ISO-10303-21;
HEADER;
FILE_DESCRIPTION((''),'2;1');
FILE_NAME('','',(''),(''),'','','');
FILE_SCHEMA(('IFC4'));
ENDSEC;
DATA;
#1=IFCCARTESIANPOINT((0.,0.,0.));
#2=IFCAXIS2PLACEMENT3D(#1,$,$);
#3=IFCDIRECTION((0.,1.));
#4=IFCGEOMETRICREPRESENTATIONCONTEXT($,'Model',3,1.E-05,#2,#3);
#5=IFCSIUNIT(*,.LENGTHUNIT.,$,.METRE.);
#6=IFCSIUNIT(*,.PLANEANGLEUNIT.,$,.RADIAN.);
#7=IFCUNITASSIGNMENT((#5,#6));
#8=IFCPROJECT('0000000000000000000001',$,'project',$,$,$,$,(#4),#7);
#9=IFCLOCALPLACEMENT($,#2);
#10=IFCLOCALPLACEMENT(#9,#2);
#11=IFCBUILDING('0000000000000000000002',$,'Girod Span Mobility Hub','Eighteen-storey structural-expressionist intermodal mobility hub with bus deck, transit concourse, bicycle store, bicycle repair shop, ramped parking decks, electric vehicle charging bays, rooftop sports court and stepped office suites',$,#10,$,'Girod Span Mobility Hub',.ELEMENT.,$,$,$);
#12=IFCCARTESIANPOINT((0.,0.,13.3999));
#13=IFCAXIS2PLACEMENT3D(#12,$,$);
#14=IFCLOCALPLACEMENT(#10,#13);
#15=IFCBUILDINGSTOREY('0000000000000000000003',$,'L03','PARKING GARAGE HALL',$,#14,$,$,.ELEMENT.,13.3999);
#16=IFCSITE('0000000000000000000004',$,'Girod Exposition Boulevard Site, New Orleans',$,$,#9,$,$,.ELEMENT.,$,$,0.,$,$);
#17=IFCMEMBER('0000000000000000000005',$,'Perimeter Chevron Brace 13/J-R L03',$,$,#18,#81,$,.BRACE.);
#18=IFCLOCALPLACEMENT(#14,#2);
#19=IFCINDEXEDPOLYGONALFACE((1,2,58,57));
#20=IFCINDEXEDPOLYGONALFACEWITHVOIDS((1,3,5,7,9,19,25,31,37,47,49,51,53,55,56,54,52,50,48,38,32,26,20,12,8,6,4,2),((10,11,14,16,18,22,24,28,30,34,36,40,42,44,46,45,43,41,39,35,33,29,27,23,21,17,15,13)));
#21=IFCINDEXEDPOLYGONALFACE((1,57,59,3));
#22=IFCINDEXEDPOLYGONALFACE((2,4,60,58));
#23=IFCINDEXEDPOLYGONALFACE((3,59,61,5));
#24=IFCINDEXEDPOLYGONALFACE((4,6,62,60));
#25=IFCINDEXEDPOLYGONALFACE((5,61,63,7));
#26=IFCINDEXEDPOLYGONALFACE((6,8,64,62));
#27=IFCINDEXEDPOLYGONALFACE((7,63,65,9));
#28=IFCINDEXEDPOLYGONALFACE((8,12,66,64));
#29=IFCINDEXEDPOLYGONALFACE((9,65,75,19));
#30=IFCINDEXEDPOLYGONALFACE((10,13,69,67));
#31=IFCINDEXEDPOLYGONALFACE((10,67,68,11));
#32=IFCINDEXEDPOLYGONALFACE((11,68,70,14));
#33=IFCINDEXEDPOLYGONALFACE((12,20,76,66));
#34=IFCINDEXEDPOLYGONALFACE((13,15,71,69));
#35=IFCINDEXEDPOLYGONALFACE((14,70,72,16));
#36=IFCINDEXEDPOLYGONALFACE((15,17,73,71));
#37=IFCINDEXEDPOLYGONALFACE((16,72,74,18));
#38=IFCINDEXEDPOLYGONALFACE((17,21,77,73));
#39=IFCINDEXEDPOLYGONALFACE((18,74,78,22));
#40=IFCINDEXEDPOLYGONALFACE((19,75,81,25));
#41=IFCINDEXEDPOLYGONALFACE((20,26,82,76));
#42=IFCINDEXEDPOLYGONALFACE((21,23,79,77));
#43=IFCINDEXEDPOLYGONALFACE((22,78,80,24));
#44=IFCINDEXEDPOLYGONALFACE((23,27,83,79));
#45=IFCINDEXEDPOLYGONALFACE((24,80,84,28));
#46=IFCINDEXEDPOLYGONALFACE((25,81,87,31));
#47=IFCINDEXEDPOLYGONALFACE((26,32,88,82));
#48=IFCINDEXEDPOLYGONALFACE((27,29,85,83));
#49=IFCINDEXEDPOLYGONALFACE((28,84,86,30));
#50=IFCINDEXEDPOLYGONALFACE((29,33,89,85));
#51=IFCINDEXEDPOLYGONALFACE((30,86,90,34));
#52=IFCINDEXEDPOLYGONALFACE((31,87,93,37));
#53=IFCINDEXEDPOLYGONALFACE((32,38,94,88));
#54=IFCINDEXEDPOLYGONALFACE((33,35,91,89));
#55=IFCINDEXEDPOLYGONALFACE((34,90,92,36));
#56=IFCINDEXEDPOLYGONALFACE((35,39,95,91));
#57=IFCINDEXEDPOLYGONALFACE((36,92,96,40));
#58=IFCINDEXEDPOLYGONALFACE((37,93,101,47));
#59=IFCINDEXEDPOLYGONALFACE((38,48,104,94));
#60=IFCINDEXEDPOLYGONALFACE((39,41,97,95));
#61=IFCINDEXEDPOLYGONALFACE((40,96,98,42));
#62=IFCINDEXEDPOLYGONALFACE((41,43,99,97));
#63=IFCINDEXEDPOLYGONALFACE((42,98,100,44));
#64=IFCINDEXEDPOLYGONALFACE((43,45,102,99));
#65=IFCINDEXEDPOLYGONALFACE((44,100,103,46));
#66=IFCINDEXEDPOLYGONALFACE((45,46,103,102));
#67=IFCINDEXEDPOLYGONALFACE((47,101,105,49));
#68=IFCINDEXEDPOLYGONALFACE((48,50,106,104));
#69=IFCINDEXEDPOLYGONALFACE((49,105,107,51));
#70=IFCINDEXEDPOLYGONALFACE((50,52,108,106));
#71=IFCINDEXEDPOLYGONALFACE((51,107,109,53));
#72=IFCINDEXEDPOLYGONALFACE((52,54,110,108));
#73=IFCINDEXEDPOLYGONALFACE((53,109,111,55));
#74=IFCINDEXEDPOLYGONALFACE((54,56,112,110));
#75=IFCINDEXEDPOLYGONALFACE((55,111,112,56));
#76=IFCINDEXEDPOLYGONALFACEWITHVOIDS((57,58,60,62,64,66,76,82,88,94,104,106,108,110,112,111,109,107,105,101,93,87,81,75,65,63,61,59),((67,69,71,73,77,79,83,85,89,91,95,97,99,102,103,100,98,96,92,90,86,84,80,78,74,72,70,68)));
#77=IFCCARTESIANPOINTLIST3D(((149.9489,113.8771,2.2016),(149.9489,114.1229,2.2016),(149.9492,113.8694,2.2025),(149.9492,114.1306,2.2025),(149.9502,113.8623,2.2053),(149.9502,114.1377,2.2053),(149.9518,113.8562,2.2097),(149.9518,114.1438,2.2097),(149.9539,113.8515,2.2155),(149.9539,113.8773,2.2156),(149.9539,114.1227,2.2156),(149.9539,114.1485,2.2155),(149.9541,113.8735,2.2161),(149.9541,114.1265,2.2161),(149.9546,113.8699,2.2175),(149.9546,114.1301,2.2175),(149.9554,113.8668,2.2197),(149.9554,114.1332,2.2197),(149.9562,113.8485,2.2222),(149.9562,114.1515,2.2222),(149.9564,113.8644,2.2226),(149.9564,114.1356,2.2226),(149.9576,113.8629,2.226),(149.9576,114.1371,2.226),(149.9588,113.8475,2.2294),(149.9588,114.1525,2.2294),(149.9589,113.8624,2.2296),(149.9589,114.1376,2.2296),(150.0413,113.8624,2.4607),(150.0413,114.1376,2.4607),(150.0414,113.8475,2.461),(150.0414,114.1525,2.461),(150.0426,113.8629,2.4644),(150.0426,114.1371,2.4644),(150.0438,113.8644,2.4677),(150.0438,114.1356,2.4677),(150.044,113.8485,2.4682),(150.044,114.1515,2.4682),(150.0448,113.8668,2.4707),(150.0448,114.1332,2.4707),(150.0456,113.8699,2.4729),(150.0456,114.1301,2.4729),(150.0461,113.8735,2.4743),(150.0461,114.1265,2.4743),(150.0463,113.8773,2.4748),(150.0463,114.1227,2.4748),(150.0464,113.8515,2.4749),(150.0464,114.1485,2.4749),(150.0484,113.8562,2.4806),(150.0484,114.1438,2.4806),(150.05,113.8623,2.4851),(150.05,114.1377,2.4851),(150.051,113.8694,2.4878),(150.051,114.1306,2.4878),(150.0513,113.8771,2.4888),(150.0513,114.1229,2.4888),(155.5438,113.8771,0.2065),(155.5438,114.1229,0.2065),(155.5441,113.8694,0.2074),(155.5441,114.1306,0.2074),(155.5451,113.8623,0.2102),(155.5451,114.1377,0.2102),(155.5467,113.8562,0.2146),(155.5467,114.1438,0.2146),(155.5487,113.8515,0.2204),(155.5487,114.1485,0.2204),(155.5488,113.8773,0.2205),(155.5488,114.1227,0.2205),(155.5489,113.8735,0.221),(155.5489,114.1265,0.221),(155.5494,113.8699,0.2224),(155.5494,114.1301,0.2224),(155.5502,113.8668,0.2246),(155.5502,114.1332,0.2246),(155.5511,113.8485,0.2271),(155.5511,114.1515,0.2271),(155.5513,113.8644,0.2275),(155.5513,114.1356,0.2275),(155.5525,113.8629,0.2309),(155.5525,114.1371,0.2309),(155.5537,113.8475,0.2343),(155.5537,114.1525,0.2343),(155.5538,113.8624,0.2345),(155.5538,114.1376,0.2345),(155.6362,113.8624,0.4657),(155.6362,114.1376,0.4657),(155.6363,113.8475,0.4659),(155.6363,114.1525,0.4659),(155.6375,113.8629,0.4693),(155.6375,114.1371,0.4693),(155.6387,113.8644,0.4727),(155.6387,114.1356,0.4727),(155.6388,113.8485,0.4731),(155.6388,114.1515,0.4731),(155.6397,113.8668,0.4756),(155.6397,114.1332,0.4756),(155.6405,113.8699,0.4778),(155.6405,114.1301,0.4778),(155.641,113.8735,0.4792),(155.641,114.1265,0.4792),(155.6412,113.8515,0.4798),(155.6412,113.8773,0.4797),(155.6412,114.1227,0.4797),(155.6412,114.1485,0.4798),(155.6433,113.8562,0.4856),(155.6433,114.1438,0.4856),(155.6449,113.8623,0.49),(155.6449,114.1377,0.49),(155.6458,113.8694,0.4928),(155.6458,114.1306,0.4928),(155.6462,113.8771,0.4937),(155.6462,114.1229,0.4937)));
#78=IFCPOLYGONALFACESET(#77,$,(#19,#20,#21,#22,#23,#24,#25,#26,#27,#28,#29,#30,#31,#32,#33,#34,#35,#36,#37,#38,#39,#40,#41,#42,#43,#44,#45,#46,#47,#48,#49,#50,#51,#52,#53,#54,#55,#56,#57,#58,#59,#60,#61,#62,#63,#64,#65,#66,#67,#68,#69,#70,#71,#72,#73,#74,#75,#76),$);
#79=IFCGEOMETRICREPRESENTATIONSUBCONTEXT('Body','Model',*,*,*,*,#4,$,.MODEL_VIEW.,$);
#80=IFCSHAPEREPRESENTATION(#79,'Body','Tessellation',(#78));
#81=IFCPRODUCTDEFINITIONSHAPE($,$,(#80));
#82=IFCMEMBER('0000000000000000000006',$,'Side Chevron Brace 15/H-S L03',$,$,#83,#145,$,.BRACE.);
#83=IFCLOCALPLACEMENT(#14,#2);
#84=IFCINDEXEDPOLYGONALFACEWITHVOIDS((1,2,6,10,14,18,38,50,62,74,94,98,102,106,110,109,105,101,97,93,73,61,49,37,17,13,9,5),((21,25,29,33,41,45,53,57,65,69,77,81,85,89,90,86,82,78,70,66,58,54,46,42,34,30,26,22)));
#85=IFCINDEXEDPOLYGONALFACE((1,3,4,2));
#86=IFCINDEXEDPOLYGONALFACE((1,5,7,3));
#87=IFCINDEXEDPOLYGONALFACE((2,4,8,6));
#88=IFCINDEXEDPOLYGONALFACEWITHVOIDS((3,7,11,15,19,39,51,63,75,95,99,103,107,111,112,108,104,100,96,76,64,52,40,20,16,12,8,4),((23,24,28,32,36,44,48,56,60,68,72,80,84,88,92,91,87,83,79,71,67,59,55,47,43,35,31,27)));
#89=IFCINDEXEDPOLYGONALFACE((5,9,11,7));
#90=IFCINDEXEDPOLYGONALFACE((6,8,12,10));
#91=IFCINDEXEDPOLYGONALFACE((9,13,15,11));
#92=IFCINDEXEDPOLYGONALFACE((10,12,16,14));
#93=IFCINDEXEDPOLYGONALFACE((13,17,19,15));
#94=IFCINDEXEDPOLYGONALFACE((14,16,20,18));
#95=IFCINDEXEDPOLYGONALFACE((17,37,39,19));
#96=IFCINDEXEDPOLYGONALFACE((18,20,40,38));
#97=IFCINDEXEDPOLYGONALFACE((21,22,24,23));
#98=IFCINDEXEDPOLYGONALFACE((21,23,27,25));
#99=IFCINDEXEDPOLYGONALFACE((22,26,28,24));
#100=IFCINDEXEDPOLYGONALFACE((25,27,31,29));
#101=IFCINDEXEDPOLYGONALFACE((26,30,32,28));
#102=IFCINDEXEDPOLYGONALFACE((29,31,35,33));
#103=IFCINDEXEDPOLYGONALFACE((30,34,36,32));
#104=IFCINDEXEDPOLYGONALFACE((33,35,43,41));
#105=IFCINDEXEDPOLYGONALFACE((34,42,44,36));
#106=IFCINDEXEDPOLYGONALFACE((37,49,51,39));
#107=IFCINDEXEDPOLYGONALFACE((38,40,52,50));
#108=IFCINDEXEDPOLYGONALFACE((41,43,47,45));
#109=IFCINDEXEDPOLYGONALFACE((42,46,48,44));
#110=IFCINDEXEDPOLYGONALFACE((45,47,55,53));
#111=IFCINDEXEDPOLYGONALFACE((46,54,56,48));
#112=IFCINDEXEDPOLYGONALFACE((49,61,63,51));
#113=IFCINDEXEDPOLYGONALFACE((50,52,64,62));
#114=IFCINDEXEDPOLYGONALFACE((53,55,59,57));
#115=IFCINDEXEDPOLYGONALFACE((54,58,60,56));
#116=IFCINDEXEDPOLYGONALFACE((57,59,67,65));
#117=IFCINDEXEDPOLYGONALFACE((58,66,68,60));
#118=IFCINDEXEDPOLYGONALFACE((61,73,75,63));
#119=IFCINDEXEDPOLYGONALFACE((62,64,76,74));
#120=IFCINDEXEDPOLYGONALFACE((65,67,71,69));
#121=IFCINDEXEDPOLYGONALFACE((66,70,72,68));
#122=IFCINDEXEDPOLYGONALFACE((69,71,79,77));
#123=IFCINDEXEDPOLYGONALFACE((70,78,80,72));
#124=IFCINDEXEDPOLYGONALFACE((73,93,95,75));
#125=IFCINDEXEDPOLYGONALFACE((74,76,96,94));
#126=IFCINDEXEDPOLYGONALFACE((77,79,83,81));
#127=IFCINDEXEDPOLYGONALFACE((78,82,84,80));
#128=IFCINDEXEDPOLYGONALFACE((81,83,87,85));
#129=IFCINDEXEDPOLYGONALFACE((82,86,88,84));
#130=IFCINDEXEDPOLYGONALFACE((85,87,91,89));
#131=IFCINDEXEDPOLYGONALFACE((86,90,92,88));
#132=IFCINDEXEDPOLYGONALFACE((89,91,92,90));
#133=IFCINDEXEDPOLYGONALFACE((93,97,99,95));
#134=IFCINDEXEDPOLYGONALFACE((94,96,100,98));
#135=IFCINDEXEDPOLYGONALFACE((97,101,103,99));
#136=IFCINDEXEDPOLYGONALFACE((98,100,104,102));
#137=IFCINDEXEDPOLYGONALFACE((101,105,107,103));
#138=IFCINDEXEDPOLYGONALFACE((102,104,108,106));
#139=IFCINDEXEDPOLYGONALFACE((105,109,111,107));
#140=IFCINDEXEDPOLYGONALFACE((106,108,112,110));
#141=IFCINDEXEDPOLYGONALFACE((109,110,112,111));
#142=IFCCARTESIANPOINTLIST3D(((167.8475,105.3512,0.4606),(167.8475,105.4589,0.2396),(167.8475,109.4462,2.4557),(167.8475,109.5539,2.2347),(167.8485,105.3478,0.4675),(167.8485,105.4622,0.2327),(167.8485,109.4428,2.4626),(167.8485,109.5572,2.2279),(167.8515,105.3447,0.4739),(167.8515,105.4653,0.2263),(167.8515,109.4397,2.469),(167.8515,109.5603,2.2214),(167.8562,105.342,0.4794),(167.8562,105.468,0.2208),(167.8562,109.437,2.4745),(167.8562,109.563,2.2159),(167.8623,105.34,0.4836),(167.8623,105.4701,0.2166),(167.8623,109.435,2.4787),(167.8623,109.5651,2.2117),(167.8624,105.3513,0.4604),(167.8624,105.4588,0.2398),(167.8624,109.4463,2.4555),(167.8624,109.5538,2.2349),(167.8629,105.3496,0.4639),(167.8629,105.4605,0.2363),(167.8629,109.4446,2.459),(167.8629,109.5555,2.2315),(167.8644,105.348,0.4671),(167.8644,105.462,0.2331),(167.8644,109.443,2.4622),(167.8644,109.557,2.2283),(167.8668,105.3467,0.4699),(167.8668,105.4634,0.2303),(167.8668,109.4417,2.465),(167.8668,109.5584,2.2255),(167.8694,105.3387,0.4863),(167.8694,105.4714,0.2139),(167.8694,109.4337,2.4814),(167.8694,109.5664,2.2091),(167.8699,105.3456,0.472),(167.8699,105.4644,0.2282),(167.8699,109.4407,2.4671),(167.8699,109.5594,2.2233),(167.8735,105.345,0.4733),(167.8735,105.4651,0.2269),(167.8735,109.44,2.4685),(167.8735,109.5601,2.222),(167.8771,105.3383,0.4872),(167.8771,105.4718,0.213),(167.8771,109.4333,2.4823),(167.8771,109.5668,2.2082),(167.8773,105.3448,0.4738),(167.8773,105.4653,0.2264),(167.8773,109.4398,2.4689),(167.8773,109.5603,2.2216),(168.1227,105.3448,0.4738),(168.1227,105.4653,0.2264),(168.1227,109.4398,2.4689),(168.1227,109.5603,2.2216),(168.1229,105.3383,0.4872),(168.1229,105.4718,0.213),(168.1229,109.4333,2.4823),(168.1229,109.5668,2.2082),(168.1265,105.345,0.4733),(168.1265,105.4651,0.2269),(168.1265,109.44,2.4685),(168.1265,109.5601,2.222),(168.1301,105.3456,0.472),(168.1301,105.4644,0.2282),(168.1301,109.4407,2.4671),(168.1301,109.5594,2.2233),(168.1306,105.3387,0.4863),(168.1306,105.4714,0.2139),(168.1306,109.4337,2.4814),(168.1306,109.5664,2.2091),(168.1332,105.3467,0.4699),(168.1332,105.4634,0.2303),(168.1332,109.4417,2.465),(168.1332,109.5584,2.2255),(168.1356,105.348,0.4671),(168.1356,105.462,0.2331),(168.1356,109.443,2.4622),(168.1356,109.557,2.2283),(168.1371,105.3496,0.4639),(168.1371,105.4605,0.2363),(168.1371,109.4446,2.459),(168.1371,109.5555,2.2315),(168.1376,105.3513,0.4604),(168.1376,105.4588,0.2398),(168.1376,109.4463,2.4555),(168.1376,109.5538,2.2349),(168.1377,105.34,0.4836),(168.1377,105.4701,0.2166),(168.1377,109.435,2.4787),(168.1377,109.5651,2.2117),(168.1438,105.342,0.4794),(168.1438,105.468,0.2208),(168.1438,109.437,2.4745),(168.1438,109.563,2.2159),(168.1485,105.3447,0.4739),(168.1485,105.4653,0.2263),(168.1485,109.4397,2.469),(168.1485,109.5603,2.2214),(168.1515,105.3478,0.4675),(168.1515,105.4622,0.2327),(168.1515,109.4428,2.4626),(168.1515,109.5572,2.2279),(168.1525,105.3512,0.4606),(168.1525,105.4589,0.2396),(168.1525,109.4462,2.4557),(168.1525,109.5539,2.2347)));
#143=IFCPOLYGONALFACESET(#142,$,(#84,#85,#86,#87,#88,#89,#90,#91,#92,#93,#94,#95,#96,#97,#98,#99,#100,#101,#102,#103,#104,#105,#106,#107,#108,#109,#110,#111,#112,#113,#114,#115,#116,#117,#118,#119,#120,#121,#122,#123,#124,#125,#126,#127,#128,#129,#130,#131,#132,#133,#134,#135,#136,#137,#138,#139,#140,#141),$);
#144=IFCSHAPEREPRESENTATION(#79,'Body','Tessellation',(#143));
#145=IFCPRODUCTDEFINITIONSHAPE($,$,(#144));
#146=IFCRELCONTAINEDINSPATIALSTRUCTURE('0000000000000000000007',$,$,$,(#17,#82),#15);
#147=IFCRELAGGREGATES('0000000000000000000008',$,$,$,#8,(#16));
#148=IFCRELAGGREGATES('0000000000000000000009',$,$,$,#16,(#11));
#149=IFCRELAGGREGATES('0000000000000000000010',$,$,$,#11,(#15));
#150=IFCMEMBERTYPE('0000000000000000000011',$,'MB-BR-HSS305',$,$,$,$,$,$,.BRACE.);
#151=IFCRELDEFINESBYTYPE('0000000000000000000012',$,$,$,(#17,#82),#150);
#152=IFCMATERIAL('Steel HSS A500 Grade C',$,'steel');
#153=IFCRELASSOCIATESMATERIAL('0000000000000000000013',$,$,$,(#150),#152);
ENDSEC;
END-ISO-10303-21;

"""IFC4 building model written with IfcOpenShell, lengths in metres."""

from ifc_helpers import new_model, si_unit, direction, frame, origin, origin_2d, place, context, subcontext, project, spatial, hollow_rectangle, extrude, material, material_profile, profile_set, type_object, element, save


model = new_model("IFC4")

# Units and contexts
model_context = context("Model", 3, precision=1e-05, world=origin(), true_north=direction((0.0, 1.0)))
body_context = subcontext(model_context, "Body", "Model", "MODEL_VIEW")
ifc_project = project(units=[si_unit("LENGTHUNIT", "METRE"), si_unit("PLANEANGLEUNIT", "RADIAN")], contexts=[model_context])

# Site, building, storey
site_placement = place(None, origin())
site = spatial("IfcSite", under=ifc_project, at=site_placement, Name="Girod Exposition Boulevard Site, New Orleans", CompositionType="ELEMENT", RefElevation=0.0)
building_placement = place(site_placement, origin())
building = spatial("IfcBuilding", under=site, at=building_placement, Name="Girod Span Mobility Hub", Description="Eighteen-storey structural-expressionist intermodal mobility hub with bus deck, transit concourse, bicycle store, bicycle repair shop, ramped parking decks, electric vehicle charging bays, rooftop sports court and stepped office suites", LongName="Girod Span Mobility Hub", CompositionType="ELEMENT")
storey_placement = place(building_placement, frame((0.0, 0.0, 13.3999)))
storey = spatial("IfcBuildingStorey", under=building, at=storey_placement, Name="L03", Description="PARKING GARAGE HALL", CompositionType="ELEMENT", Elevation=13.3999)

# Members
ifc_material_1 = material(Name="Steel HSS A500 Grade C", Category="steel")
ifc_material_profile_1 = material_profile(ifc_material_1, hollow_rectangle(XDim=0.3049, YDim=0.3049, WallThickness=0.0149, InnerFilletRadius=0.0149, OuterFilletRadius=0.0295, at=origin_2d()), Name="HSS305X305X16")
ifc_profile_set_1 = profile_set([ifc_material_profile_1], Name="Steel HSS A500 Grade C")
member_type = type_object("IfcMemberType", Name="MB-BR-HSS305", PredefinedType="BRACE", material=ifc_profile_set_1)
member_placement = place(storey_placement, frame((155.595, 114.0, 0.3501), z_axis=(-0.941906, 0.0, 0.335876), x_axis=(0.0, -1.0, 0.0)))
element("IfcMember", 1, at=member_placement, inside=storey, type_object=member_type, Name="Perimeter Chevron Brace 13/J-R L03", PredefinedType="BRACE", context=body_context, shape_type="SweptSolid", body=[
    extrude(hollow_rectangle(XDim=0.3049, YDim=0.3049, WallThickness=0.0149, InnerFilletRadius=0.0149, OuterFilletRadius=0.0295, at=origin_2d()), origin(), (0.0, 0.0, 1.0), 5.9399),
])
for number, where, z_axis, x_axis, name in (
    (2, (168.0, 105.405, 0.3501), (0.0, 0.898979, 0.437993), (-1.0, 0.0, 0.0), "Side Chevron Brace 15/H-S L03"),
):
    element("IfcMember", number, at=place(storey_placement, frame(where, z_axis=z_axis, x_axis=x_axis)), inside=storey, type_object=member_type, Name=name, PredefinedType="BRACE", context=body_context, shape_type="SweptSolid", body=[
        extrude(hollow_rectangle(XDim=0.3049, YDim=0.3049, WallThickness=0.0149, InnerFilletRadius=0.0149, OuterFilletRadius=0.0295, at=origin_2d()), origin(), (0.0, 0.0, 1.0), 4.5552),
    ])

save(model, "model.ifc")
